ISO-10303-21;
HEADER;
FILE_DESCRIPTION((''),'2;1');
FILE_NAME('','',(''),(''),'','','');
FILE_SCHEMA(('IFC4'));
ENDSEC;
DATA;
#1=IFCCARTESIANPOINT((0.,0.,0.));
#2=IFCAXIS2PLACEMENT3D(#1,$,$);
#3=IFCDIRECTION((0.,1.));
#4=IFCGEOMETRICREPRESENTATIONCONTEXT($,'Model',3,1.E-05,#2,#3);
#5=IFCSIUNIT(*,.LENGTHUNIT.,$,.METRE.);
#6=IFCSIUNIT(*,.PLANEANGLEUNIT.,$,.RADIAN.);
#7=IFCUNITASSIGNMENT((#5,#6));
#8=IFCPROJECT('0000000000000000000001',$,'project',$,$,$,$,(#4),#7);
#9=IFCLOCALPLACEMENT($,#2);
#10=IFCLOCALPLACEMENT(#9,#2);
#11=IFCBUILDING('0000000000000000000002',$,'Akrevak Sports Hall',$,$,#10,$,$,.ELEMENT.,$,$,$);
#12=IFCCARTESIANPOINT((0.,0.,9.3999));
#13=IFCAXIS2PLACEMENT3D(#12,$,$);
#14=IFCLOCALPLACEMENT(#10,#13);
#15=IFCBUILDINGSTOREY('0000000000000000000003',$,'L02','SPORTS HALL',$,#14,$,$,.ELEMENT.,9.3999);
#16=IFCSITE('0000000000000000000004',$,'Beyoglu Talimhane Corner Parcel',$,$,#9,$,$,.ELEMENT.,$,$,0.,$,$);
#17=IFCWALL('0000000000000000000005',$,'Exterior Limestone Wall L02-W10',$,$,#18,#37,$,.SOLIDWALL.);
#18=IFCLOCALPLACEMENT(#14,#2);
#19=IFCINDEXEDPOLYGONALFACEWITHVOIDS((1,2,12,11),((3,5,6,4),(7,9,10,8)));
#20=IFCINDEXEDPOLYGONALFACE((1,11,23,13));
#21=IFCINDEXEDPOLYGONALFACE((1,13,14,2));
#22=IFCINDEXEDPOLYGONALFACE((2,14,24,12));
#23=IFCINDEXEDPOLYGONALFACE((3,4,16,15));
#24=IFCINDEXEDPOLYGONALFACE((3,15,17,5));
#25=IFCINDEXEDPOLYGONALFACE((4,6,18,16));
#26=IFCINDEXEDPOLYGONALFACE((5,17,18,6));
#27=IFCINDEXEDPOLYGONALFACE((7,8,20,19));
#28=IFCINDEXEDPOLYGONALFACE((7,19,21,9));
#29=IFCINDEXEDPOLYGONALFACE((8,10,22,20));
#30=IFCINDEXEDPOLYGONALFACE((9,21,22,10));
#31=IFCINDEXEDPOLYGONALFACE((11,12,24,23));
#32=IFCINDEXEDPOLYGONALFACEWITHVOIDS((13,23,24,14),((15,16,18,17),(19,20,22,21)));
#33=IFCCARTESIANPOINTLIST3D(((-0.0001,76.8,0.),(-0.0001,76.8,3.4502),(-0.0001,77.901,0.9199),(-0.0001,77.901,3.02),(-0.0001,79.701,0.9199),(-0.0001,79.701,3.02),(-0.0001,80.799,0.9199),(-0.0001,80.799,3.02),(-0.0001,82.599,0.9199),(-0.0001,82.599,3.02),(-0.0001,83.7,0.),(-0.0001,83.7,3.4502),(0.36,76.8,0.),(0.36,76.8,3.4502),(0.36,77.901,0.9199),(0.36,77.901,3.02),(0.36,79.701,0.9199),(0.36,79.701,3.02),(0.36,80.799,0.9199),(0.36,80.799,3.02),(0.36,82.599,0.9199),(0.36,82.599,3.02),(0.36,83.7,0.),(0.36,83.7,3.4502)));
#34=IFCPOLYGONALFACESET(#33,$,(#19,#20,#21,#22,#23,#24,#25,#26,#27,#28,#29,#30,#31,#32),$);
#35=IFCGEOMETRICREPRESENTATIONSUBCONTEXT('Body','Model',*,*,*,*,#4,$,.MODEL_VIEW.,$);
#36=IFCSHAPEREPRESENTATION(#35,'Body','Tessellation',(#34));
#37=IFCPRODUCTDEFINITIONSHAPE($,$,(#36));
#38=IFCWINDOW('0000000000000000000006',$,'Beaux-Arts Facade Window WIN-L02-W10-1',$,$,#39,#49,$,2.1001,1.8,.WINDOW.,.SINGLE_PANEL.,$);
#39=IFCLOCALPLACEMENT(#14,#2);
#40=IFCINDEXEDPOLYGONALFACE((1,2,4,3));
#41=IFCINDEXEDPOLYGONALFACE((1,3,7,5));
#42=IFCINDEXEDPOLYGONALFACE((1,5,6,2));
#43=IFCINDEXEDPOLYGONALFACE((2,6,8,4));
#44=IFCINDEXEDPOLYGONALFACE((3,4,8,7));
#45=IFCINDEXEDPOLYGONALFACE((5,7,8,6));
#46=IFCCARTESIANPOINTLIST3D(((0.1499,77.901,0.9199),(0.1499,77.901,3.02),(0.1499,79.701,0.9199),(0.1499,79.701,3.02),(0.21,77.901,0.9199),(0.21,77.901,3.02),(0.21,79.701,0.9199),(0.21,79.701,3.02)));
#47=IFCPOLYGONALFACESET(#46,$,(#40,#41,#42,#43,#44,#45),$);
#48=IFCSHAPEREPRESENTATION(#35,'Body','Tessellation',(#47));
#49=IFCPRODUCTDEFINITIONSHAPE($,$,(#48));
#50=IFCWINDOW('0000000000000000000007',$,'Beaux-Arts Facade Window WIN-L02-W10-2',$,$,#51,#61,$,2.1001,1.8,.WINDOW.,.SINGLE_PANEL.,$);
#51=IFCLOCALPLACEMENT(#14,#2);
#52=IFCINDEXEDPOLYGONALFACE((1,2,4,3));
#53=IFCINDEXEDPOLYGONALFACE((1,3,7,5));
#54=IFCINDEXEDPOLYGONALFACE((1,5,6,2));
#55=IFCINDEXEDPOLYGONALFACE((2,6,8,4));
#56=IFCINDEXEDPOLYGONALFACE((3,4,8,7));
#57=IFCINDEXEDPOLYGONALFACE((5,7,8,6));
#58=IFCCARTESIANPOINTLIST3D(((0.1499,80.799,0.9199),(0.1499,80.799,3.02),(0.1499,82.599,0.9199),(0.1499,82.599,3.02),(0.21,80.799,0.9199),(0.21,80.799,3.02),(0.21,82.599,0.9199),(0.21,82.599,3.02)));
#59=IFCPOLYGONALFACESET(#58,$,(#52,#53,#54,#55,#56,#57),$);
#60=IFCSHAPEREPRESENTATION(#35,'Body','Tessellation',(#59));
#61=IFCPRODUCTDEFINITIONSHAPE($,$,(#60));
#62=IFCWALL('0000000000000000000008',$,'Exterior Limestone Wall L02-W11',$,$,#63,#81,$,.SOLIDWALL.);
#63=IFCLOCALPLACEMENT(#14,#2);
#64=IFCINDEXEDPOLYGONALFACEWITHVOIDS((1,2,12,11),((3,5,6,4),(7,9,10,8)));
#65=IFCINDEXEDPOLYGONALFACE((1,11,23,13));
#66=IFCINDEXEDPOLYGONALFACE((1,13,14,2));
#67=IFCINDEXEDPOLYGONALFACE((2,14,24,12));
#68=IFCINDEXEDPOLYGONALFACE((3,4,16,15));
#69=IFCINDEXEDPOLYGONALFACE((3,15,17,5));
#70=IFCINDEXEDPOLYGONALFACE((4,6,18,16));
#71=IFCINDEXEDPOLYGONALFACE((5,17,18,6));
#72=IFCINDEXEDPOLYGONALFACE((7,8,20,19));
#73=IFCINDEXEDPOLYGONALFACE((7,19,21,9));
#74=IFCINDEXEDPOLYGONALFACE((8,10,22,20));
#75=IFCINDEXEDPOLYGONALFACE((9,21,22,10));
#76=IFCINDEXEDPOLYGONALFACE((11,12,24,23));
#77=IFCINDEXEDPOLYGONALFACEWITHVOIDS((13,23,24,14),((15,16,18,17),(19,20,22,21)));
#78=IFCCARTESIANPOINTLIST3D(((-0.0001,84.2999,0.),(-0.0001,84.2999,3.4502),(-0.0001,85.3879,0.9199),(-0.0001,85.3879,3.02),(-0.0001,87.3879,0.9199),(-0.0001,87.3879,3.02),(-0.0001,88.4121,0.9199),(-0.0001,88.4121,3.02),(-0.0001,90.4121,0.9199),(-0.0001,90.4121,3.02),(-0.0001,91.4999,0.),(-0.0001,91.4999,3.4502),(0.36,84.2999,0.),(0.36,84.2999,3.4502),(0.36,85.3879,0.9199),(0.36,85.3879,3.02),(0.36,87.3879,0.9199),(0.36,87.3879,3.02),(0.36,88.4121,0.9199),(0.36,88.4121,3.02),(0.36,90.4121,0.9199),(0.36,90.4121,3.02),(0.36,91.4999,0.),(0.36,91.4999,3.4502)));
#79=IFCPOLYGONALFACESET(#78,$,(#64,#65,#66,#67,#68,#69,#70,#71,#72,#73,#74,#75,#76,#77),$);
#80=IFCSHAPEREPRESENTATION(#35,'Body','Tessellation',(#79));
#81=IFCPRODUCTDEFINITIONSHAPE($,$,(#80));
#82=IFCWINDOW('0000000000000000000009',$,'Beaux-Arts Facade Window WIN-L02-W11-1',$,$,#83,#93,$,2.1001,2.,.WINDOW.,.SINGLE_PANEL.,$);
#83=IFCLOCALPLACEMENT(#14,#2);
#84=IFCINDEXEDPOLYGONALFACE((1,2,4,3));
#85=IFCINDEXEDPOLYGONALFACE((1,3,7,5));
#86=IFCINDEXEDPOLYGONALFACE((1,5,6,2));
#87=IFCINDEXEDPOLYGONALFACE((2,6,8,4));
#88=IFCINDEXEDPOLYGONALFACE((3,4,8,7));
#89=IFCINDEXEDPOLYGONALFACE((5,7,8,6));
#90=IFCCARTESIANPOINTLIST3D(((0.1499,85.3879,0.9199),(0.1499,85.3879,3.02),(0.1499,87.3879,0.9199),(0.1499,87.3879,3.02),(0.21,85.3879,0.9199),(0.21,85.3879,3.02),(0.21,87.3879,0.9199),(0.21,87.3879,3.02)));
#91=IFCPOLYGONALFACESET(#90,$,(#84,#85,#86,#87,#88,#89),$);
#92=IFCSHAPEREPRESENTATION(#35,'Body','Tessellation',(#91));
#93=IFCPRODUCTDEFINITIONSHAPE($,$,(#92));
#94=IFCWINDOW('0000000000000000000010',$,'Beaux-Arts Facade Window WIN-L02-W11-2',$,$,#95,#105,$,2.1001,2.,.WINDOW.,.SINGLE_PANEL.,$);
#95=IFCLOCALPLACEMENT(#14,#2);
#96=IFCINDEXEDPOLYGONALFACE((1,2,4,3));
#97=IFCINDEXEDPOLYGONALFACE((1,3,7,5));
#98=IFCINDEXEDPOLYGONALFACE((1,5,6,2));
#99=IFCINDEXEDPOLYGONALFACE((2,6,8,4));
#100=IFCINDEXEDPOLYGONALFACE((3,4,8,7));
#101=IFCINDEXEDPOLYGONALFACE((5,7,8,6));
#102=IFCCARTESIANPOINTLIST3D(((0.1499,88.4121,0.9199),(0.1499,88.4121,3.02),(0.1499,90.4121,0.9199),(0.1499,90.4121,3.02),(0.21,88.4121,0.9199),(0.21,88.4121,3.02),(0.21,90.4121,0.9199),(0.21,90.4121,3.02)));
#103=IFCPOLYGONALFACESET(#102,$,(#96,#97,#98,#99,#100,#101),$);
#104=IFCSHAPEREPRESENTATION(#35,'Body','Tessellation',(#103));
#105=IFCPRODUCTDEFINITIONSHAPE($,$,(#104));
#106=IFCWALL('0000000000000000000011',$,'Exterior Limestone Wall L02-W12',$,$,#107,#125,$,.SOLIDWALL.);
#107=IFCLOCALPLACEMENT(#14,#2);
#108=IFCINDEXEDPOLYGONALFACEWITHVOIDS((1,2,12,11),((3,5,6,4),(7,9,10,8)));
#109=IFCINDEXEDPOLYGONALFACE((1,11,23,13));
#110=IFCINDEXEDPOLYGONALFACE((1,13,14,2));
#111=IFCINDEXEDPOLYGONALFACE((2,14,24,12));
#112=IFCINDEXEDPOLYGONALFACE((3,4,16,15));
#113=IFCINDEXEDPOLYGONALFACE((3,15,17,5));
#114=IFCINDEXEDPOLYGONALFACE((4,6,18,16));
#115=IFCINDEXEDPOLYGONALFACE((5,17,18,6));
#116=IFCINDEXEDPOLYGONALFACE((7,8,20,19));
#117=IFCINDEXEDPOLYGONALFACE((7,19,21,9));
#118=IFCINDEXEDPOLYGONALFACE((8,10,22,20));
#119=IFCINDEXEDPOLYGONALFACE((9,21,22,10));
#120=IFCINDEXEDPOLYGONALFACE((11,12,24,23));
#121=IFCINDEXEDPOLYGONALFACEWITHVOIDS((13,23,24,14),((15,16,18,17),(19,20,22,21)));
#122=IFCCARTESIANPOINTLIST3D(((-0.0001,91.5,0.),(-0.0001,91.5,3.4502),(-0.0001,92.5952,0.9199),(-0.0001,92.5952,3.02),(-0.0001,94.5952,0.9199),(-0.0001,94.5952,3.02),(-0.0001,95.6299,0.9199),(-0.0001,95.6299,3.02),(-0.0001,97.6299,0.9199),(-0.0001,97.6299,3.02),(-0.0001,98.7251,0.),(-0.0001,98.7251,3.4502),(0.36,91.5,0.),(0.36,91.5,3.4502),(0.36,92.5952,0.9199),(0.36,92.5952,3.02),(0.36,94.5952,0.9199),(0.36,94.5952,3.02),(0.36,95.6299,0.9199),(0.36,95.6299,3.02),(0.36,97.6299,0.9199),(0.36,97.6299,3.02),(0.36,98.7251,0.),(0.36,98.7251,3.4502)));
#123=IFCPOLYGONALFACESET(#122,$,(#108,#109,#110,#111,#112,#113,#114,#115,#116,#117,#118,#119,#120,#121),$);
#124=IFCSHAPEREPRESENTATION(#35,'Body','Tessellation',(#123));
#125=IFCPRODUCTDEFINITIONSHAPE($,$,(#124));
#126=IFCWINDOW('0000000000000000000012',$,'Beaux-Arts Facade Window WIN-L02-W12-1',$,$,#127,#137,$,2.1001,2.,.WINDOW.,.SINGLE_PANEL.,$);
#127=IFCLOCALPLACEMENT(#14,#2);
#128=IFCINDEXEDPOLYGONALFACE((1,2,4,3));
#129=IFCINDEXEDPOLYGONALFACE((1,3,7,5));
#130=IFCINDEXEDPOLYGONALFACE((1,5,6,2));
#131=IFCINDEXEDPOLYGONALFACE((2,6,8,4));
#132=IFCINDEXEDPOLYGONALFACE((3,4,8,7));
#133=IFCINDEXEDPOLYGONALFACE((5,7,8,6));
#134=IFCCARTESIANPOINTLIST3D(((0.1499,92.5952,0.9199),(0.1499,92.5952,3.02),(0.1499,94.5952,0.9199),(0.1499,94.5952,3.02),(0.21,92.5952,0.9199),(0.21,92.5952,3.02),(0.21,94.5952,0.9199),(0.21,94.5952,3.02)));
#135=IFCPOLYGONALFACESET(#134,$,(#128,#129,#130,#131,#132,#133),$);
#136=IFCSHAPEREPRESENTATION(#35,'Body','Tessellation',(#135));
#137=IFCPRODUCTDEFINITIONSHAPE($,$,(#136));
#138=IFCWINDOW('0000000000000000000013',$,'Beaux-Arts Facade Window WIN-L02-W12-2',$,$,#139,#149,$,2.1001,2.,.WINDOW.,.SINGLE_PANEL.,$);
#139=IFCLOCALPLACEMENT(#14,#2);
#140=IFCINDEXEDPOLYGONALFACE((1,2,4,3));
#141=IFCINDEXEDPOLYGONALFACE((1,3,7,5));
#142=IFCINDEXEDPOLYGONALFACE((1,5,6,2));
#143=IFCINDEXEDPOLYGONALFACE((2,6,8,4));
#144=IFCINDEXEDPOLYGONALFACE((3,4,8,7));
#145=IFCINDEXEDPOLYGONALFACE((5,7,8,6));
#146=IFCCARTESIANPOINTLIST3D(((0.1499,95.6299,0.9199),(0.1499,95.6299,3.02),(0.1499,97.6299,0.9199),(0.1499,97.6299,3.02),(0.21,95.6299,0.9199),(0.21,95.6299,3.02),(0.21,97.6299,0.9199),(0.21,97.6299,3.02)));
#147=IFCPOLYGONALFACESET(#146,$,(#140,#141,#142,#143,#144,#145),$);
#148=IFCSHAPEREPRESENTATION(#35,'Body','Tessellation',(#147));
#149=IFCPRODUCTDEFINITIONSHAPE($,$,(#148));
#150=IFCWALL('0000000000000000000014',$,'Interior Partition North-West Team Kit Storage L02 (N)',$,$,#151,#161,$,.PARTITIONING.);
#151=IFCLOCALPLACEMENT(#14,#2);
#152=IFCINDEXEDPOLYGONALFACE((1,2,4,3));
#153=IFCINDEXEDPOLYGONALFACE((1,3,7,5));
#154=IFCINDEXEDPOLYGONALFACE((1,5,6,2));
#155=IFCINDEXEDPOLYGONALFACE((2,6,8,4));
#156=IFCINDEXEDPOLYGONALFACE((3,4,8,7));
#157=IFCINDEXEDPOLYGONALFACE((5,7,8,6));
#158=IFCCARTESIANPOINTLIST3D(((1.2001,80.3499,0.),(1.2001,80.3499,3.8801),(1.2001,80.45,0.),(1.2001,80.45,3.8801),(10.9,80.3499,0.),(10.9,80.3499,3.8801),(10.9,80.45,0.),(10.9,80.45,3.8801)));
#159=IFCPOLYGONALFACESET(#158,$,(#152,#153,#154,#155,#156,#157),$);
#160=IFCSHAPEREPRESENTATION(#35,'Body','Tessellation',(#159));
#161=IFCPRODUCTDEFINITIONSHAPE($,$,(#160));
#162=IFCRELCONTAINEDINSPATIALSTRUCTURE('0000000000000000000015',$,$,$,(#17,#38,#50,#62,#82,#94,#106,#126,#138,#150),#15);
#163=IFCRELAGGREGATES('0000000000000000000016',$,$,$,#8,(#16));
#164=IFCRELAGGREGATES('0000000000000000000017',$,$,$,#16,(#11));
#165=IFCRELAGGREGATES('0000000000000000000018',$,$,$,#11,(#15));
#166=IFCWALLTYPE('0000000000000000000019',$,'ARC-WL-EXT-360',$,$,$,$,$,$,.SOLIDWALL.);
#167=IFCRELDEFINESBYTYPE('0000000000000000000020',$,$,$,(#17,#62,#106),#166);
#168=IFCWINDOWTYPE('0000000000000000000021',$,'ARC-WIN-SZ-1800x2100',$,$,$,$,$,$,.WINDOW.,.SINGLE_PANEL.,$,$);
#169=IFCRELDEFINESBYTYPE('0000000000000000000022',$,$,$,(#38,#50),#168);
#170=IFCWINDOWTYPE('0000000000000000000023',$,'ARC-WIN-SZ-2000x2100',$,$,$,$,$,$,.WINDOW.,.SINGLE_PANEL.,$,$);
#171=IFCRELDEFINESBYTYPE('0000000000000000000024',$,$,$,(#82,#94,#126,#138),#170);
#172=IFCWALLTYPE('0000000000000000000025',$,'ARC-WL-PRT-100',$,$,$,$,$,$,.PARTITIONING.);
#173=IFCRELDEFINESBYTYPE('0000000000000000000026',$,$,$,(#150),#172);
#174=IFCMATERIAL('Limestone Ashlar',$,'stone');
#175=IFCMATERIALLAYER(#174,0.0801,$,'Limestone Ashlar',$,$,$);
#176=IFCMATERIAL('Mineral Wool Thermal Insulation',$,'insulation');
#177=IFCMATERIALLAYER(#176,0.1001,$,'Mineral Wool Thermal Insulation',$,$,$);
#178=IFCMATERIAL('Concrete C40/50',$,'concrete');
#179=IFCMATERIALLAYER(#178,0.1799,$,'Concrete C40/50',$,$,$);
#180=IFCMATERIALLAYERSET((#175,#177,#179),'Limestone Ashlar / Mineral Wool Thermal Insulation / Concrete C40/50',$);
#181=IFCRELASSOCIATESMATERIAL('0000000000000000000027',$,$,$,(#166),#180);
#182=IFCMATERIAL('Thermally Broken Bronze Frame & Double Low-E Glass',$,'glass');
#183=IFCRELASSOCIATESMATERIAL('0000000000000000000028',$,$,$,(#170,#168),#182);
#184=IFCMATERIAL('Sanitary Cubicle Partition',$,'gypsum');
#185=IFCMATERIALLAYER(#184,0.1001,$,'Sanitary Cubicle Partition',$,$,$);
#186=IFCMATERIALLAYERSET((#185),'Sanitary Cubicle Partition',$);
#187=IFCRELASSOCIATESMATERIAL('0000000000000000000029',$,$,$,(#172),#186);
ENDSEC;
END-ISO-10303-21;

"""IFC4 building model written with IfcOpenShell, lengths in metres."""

from ifc_helpers import new_model, si_unit, direction, frame, frame_2d, origin, place, context, subcontext, project, spatial, rectangle, extrude, material, layer, layer_set, type_object, element, fill, save


model = new_model("IFC4")

# Units and contexts
model_context = context("Model", 3, precision=1e-05, world=origin(), true_north=direction((0.0, 1.0)))
body_context = subcontext(model_context, "Body", "Model", "MODEL_VIEW")
ifc_project = project(units=[si_unit("LENGTHUNIT", "METRE"), si_unit("PLANEANGLEUNIT", "RADIAN")], contexts=[model_context])

# Site, building, storey
site_placement = place(None, origin())
site = spatial("IfcSite", under=ifc_project, at=site_placement, Name="Beyoglu Talimhane Corner Parcel", CompositionType="ELEMENT", RefElevation=0.0)
building_placement = place(site_placement, origin())
building = spatial("IfcBuilding", under=site, at=building_placement, Name="Akrevak Sports Hall", CompositionType="ELEMENT")
storey_placement = place(building_placement, frame((0.0, 0.0, 9.3999)))
storey = spatial("IfcBuildingStorey", under=building, at=storey_placement, Name="L02", Description="SPORTS HALL", CompositionType="ELEMENT", Elevation=9.3999)

# Shared definitions
ifc_material_1 = material(Name="Concrete C40/50", Category="concrete")

# Walls, openings, windows
ifc_material_2 = material(Name="Limestone Ashlar", Category="stone")
ifc_layer_1 = layer(ifc_material_2, 0.0801, Name="Limestone Ashlar")
ifc_material_3 = material(Name="Mineral Wool Thermal Insulation", Category="insulation")
ifc_layer_2 = layer(ifc_material_3, 0.1001, Name="Mineral Wool Thermal Insulation")
ifc_layer_3 = layer(ifc_material_1, 0.1799, Name="Concrete C40/50")
ifc_layer_set_1 = layer_set([ifc_layer_1, ifc_layer_2, ifc_layer_3], Name="Limestone Ashlar / Mineral Wool Thermal Insulation / Concrete C40/50")
wall_type_1 = type_object("IfcWallType", Name="ARC-WL-EXT-360", PredefinedType="SOLIDWALL", material=ifc_layer_set_1)
ifc_material_4 = material(Name="Thermally Broken Bronze Frame & Double Low-E Glass", Category="glass")
window_type_1 = type_object("IfcWindowType", Name="ARC-WIN-SZ-2000x2100", PartitioningType="SINGLE_PANEL", PredefinedType="WINDOW", material=ifc_material_4)
wall_1_placement = place(storey_placement, frame((0.1799, 83.7, 0.0), z_axis=(0.0, 0.0, 1.0), x_axis=(0.0, -1.0, 0.0)))
wall_1 = element("IfcWall", 1, at=wall_1_placement, inside=storey, type_object=wall_type_1, Name="Exterior Limestone Wall L02-W10", PredefinedType="SOLIDWALL", context=body_context, shape_type="SweptSolid", body=[
    extrude(rectangle(XDim=6.8999, YDim=0.3601, at=frame_2d((3.45, 0.0))), origin(), (0.0, 0.0, 1.0), 3.4502),
])
opening_1_placement = place(wall_1_placement, frame((3.999, 0.0, 0.9199)))
opening_1 = element("IfcOpeningElement", 2, at=opening_1_placement, cuts=wall_1, PredefinedType="OPENING", context=body_context, shape_type="SweptSolid", body=[
    extrude(rectangle(XDim=1.8, YDim=2.1001, at=frame_2d((0.8999, 1.05))), frame((0.0, 0.1919, 0.0), z_axis=(0.0, -1.0, 0.0), x_axis=(1.0, 0.0, 0.0)), (0.0, 0.0, 1.0), 0.384),
])
opening_2_placement = place(wall_1_placement, frame((1.1011, 0.0, 0.9199)))
opening_2 = element("IfcOpeningElement", 3, at=opening_2_placement, cuts=wall_1, PredefinedType="OPENING", context=body_context, shape_type="SweptSolid", body=[
    extrude(rectangle(XDim=1.8, YDim=2.1001, at=frame_2d((0.8999, 1.05))), frame((0.0, 0.1919, 0.0), z_axis=(0.0, -1.0, 0.0), x_axis=(1.0, 0.0, 0.0)), (0.0, 0.0, 1.0), 0.384),
])
window_type_2 = type_object("IfcWindowType", Name="ARC-WIN-SZ-1800x2100", PartitioningType="SINGLE_PANEL", PredefinedType="WINDOW", material=ifc_material_4)
window_1_placement = place(opening_1_placement, origin())
window_1 = element("IfcWindow", 4, at=window_1_placement, inside=storey, type_object=window_type_2, Name="Beaux-Arts Facade Window WIN-L02-W10-1", OverallHeight=2.1001, OverallWidth=1.8, PartitioningType="SINGLE_PANEL", PredefinedType="WINDOW", context=body_context, shape_type="SweptSolid", body=[
    extrude(rectangle(XDim=1.8, YDim=2.1001, at=frame_2d((0.8999, 1.05))), frame((0.0, 0.03, 0.0), z_axis=(0.0, -1.0, 0.0), x_axis=(1.0, 0.0, 0.0)), (0.0, 0.0, 1.0), 0.0601),
])
fill(opening_1, window_1)
window_2_placement = place(opening_2_placement, origin())
window_2 = element("IfcWindow", 5, at=window_2_placement, inside=storey, type_object=window_type_2, Name="Beaux-Arts Facade Window WIN-L02-W10-2", OverallHeight=2.1001, OverallWidth=1.8, PartitioningType="SINGLE_PANEL", PredefinedType="WINDOW", context=body_context, shape_type="SweptSolid", body=[
    extrude(rectangle(XDim=1.8, YDim=2.1001, at=frame_2d((0.8999, 1.05))), frame((0.0, 0.03, 0.0), z_axis=(0.0, -1.0, 0.0), x_axis=(1.0, 0.0, 0.0)), (0.0, 0.0, 1.0), 0.0601),
])
fill(opening_2, window_2)
wall_2_placement = place(storey_placement, frame((0.1799, 91.5, 0.0), z_axis=(0.0, 0.0, 1.0), x_axis=(0.0, -1.0, 0.0)))
wall_2 = element("IfcWall", 6, at=wall_2_placement, inside=storey, type_object=wall_type_1, Name="Exterior Limestone Wall L02-W11", PredefinedType="SOLIDWALL", context=body_context, shape_type="SweptSolid", body=[
    extrude(rectangle(XDim=7.2, YDim=0.3601, at=frame_2d((3.6001, 0.0))), origin(), (0.0, 0.0, 1.0), 3.4502),
])
opening_3_placement = place(wall_2_placement, frame((4.1121, 0.0, 0.9199)))
opening_3 = element("IfcOpeningElement", 7, at=opening_3_placement, cuts=wall_2, PredefinedType="OPENING", context=body_context, shape_type="SweptSolid", body=[
    extrude(rectangle(XDim=2.0, YDim=2.1001, at=frame_2d((1.0, 1.05))), frame((0.0, 0.1919, 0.0), z_axis=(0.0, -1.0, 0.0), x_axis=(1.0, 0.0, 0.0)), (0.0, 0.0, 1.0), 0.384),
])
opening_4_placement = place(wall_2_placement, frame((1.0879, 0.0, 0.9199)))
opening_4 = element("IfcOpeningElement", 8, at=opening_4_placement, cuts=wall_2, PredefinedType="OPENING", context=body_context, shape_type="SweptSolid", body=[
    extrude(rectangle(XDim=2.0, YDim=2.1001, at=frame_2d((1.0, 1.05))), frame((0.0, 0.1919, 0.0), z_axis=(0.0, -1.0, 0.0), x_axis=(1.0, 0.0, 0.0)), (0.0, 0.0, 1.0), 0.384),
])
window_3_placement = place(opening_3_placement, origin())
window_3 = element("IfcWindow", 9, at=window_3_placement, inside=storey, type_object=window_type_1, Name="Beaux-Arts Facade Window WIN-L02-W11-1", OverallHeight=2.1001, OverallWidth=2.0, PartitioningType="SINGLE_PANEL", PredefinedType="WINDOW", context=body_context, shape_type="SweptSolid", body=[
    extrude(rectangle(XDim=2.0, YDim=2.1001, at=frame_2d((1.0, 1.05))), frame((0.0, 0.03, 0.0), z_axis=(0.0, -1.0, 0.0), x_axis=(1.0, 0.0, 0.0)), (0.0, 0.0, 1.0), 0.0601),
])
fill(opening_3, window_3)
window_4_placement = place(opening_4_placement, origin())
window_4 = element("IfcWindow", 10, at=window_4_placement, inside=storey, type_object=window_type_1, Name="Beaux-Arts Facade Window WIN-L02-W11-2", OverallHeight=2.1001, OverallWidth=2.0, PartitioningType="SINGLE_PANEL", PredefinedType="WINDOW", context=body_context, shape_type="SweptSolid", body=[
    extrude(rectangle(XDim=2.0, YDim=2.1001, at=frame_2d((1.0, 1.05))), frame((0.0, 0.03, 0.0), z_axis=(0.0, -1.0, 0.0), x_axis=(1.0, 0.0, 0.0)), (0.0, 0.0, 1.0), 0.0601),
])
fill(opening_4, window_4)
wall_3_placement = place(storey_placement, frame((0.1799, 98.7251, 0.0), z_axis=(0.0, 0.0, 1.0), x_axis=(0.0, -1.0, 0.0)))
wall_3 = element("IfcWall", 11, at=wall_3_placement, inside=storey, type_object=wall_type_1, Name="Exterior Limestone Wall L02-W12", PredefinedType="SOLIDWALL", context=body_context, shape_type="SweptSolid", body=[
    extrude(rectangle(XDim=7.2251, YDim=0.3601, at=frame_2d((3.6125, 0.0))), origin(), (0.0, 0.0, 1.0), 3.4502),
])
opening_5_placement = place(wall_3_placement, frame((4.1299, 0.0, 0.9199)))
opening_5 = element("IfcOpeningElement", 12, at=opening_5_placement, cuts=wall_3, PredefinedType="OPENING", context=body_context, shape_type="SweptSolid", body=[
    extrude(rectangle(XDim=2.0, YDim=2.1001, at=frame_2d((1.0, 1.05))), frame((0.0, 0.1919, 0.0), z_axis=(0.0, -1.0, 0.0), x_axis=(1.0, 0.0, 0.0)), (0.0, 0.0, 1.0), 0.384),
])
opening_6_placement = place(wall_3_placement, frame((1.0952, 0.0, 0.9199)))
opening_6 = element("IfcOpeningElement", 13, at=opening_6_placement, cuts=wall_3, PredefinedType="OPENING", context=body_context, shape_type="SweptSolid", body=[
    extrude(rectangle(XDim=2.0, YDim=2.1001, at=frame_2d((1.0, 1.05))), frame((0.0, 0.1919, 0.0), z_axis=(0.0, -1.0, 0.0), x_axis=(1.0, 0.0, 0.0)), (0.0, 0.0, 1.0), 0.384),
])
window_5_placement = place(opening_5_placement, origin())
window_5 = element("IfcWindow", 14, at=window_5_placement, inside=storey, type_object=window_type_1, Name="Beaux-Arts Facade Window WIN-L02-W12-1", OverallHeight=2.1001, OverallWidth=2.0, PartitioningType="SINGLE_PANEL", PredefinedType="WINDOW", context=body_context, shape_type="SweptSolid", body=[
    extrude(rectangle(XDim=2.0, YDim=2.1001, at=frame_2d((1.0, 1.05))), frame((0.0, 0.03, 0.0), z_axis=(0.0, -1.0, 0.0), x_axis=(1.0, 0.0, 0.0)), (0.0, 0.0, 1.0), 0.0601),
])
fill(opening_5, window_5)
window_6_placement = place(opening_6_placement, origin())
window_6 = element("IfcWindow", 15, at=window_6_placement, inside=storey, type_object=window_type_1, Name="Beaux-Arts Facade Window WIN-L02-W12-2", OverallHeight=2.1001, OverallWidth=2.0, PartitioningType="SINGLE_PANEL", PredefinedType="WINDOW", context=body_context, shape_type="SweptSolid", body=[
    extrude(rectangle(XDim=2.0, YDim=2.1001, at=frame_2d((1.0, 1.05))), frame((0.0, 0.03, 0.0), z_axis=(0.0, -1.0, 0.0), x_axis=(1.0, 0.0, 0.0)), (0.0, 0.0, 1.0), 0.0601),
])
fill(opening_6, window_6)

# Wall
ifc_material_5 = material(Name="Sanitary Cubicle Partition", Category="gypsum")
ifc_layer_4 = layer(ifc_material_5, 0.1001, Name="Sanitary Cubicle Partition")
ifc_layer_set_2 = layer_set([ifc_layer_4], Name="Sanitary Cubicle Partition")
wall_type_2 = type_object("IfcWallType", Name="ARC-WL-PRT-100", PredefinedType="PARTITIONING", material=ifc_layer_set_2)
wall_4_placement = place(storey_placement, frame((1.2, 80.3999, 0.0), z_axis=(0.0, 0.0, 1.0), x_axis=(1.0, 0.0, 0.0)))
element("IfcWall", 16, at=wall_4_placement, inside=storey, type_object=wall_type_2, Name="Interior Partition North-West Team Kit Storage L02 (N)", PredefinedType="PARTITIONING", context=body_context, shape_type="SweptSolid", body=[
    extrude(rectangle(XDim=9.7, YDim=0.1001, at=frame_2d((4.8501, 0.0))), origin(), (0.0, 0.0, 1.0), 3.8801),
])

save(model, "model.ifc")
